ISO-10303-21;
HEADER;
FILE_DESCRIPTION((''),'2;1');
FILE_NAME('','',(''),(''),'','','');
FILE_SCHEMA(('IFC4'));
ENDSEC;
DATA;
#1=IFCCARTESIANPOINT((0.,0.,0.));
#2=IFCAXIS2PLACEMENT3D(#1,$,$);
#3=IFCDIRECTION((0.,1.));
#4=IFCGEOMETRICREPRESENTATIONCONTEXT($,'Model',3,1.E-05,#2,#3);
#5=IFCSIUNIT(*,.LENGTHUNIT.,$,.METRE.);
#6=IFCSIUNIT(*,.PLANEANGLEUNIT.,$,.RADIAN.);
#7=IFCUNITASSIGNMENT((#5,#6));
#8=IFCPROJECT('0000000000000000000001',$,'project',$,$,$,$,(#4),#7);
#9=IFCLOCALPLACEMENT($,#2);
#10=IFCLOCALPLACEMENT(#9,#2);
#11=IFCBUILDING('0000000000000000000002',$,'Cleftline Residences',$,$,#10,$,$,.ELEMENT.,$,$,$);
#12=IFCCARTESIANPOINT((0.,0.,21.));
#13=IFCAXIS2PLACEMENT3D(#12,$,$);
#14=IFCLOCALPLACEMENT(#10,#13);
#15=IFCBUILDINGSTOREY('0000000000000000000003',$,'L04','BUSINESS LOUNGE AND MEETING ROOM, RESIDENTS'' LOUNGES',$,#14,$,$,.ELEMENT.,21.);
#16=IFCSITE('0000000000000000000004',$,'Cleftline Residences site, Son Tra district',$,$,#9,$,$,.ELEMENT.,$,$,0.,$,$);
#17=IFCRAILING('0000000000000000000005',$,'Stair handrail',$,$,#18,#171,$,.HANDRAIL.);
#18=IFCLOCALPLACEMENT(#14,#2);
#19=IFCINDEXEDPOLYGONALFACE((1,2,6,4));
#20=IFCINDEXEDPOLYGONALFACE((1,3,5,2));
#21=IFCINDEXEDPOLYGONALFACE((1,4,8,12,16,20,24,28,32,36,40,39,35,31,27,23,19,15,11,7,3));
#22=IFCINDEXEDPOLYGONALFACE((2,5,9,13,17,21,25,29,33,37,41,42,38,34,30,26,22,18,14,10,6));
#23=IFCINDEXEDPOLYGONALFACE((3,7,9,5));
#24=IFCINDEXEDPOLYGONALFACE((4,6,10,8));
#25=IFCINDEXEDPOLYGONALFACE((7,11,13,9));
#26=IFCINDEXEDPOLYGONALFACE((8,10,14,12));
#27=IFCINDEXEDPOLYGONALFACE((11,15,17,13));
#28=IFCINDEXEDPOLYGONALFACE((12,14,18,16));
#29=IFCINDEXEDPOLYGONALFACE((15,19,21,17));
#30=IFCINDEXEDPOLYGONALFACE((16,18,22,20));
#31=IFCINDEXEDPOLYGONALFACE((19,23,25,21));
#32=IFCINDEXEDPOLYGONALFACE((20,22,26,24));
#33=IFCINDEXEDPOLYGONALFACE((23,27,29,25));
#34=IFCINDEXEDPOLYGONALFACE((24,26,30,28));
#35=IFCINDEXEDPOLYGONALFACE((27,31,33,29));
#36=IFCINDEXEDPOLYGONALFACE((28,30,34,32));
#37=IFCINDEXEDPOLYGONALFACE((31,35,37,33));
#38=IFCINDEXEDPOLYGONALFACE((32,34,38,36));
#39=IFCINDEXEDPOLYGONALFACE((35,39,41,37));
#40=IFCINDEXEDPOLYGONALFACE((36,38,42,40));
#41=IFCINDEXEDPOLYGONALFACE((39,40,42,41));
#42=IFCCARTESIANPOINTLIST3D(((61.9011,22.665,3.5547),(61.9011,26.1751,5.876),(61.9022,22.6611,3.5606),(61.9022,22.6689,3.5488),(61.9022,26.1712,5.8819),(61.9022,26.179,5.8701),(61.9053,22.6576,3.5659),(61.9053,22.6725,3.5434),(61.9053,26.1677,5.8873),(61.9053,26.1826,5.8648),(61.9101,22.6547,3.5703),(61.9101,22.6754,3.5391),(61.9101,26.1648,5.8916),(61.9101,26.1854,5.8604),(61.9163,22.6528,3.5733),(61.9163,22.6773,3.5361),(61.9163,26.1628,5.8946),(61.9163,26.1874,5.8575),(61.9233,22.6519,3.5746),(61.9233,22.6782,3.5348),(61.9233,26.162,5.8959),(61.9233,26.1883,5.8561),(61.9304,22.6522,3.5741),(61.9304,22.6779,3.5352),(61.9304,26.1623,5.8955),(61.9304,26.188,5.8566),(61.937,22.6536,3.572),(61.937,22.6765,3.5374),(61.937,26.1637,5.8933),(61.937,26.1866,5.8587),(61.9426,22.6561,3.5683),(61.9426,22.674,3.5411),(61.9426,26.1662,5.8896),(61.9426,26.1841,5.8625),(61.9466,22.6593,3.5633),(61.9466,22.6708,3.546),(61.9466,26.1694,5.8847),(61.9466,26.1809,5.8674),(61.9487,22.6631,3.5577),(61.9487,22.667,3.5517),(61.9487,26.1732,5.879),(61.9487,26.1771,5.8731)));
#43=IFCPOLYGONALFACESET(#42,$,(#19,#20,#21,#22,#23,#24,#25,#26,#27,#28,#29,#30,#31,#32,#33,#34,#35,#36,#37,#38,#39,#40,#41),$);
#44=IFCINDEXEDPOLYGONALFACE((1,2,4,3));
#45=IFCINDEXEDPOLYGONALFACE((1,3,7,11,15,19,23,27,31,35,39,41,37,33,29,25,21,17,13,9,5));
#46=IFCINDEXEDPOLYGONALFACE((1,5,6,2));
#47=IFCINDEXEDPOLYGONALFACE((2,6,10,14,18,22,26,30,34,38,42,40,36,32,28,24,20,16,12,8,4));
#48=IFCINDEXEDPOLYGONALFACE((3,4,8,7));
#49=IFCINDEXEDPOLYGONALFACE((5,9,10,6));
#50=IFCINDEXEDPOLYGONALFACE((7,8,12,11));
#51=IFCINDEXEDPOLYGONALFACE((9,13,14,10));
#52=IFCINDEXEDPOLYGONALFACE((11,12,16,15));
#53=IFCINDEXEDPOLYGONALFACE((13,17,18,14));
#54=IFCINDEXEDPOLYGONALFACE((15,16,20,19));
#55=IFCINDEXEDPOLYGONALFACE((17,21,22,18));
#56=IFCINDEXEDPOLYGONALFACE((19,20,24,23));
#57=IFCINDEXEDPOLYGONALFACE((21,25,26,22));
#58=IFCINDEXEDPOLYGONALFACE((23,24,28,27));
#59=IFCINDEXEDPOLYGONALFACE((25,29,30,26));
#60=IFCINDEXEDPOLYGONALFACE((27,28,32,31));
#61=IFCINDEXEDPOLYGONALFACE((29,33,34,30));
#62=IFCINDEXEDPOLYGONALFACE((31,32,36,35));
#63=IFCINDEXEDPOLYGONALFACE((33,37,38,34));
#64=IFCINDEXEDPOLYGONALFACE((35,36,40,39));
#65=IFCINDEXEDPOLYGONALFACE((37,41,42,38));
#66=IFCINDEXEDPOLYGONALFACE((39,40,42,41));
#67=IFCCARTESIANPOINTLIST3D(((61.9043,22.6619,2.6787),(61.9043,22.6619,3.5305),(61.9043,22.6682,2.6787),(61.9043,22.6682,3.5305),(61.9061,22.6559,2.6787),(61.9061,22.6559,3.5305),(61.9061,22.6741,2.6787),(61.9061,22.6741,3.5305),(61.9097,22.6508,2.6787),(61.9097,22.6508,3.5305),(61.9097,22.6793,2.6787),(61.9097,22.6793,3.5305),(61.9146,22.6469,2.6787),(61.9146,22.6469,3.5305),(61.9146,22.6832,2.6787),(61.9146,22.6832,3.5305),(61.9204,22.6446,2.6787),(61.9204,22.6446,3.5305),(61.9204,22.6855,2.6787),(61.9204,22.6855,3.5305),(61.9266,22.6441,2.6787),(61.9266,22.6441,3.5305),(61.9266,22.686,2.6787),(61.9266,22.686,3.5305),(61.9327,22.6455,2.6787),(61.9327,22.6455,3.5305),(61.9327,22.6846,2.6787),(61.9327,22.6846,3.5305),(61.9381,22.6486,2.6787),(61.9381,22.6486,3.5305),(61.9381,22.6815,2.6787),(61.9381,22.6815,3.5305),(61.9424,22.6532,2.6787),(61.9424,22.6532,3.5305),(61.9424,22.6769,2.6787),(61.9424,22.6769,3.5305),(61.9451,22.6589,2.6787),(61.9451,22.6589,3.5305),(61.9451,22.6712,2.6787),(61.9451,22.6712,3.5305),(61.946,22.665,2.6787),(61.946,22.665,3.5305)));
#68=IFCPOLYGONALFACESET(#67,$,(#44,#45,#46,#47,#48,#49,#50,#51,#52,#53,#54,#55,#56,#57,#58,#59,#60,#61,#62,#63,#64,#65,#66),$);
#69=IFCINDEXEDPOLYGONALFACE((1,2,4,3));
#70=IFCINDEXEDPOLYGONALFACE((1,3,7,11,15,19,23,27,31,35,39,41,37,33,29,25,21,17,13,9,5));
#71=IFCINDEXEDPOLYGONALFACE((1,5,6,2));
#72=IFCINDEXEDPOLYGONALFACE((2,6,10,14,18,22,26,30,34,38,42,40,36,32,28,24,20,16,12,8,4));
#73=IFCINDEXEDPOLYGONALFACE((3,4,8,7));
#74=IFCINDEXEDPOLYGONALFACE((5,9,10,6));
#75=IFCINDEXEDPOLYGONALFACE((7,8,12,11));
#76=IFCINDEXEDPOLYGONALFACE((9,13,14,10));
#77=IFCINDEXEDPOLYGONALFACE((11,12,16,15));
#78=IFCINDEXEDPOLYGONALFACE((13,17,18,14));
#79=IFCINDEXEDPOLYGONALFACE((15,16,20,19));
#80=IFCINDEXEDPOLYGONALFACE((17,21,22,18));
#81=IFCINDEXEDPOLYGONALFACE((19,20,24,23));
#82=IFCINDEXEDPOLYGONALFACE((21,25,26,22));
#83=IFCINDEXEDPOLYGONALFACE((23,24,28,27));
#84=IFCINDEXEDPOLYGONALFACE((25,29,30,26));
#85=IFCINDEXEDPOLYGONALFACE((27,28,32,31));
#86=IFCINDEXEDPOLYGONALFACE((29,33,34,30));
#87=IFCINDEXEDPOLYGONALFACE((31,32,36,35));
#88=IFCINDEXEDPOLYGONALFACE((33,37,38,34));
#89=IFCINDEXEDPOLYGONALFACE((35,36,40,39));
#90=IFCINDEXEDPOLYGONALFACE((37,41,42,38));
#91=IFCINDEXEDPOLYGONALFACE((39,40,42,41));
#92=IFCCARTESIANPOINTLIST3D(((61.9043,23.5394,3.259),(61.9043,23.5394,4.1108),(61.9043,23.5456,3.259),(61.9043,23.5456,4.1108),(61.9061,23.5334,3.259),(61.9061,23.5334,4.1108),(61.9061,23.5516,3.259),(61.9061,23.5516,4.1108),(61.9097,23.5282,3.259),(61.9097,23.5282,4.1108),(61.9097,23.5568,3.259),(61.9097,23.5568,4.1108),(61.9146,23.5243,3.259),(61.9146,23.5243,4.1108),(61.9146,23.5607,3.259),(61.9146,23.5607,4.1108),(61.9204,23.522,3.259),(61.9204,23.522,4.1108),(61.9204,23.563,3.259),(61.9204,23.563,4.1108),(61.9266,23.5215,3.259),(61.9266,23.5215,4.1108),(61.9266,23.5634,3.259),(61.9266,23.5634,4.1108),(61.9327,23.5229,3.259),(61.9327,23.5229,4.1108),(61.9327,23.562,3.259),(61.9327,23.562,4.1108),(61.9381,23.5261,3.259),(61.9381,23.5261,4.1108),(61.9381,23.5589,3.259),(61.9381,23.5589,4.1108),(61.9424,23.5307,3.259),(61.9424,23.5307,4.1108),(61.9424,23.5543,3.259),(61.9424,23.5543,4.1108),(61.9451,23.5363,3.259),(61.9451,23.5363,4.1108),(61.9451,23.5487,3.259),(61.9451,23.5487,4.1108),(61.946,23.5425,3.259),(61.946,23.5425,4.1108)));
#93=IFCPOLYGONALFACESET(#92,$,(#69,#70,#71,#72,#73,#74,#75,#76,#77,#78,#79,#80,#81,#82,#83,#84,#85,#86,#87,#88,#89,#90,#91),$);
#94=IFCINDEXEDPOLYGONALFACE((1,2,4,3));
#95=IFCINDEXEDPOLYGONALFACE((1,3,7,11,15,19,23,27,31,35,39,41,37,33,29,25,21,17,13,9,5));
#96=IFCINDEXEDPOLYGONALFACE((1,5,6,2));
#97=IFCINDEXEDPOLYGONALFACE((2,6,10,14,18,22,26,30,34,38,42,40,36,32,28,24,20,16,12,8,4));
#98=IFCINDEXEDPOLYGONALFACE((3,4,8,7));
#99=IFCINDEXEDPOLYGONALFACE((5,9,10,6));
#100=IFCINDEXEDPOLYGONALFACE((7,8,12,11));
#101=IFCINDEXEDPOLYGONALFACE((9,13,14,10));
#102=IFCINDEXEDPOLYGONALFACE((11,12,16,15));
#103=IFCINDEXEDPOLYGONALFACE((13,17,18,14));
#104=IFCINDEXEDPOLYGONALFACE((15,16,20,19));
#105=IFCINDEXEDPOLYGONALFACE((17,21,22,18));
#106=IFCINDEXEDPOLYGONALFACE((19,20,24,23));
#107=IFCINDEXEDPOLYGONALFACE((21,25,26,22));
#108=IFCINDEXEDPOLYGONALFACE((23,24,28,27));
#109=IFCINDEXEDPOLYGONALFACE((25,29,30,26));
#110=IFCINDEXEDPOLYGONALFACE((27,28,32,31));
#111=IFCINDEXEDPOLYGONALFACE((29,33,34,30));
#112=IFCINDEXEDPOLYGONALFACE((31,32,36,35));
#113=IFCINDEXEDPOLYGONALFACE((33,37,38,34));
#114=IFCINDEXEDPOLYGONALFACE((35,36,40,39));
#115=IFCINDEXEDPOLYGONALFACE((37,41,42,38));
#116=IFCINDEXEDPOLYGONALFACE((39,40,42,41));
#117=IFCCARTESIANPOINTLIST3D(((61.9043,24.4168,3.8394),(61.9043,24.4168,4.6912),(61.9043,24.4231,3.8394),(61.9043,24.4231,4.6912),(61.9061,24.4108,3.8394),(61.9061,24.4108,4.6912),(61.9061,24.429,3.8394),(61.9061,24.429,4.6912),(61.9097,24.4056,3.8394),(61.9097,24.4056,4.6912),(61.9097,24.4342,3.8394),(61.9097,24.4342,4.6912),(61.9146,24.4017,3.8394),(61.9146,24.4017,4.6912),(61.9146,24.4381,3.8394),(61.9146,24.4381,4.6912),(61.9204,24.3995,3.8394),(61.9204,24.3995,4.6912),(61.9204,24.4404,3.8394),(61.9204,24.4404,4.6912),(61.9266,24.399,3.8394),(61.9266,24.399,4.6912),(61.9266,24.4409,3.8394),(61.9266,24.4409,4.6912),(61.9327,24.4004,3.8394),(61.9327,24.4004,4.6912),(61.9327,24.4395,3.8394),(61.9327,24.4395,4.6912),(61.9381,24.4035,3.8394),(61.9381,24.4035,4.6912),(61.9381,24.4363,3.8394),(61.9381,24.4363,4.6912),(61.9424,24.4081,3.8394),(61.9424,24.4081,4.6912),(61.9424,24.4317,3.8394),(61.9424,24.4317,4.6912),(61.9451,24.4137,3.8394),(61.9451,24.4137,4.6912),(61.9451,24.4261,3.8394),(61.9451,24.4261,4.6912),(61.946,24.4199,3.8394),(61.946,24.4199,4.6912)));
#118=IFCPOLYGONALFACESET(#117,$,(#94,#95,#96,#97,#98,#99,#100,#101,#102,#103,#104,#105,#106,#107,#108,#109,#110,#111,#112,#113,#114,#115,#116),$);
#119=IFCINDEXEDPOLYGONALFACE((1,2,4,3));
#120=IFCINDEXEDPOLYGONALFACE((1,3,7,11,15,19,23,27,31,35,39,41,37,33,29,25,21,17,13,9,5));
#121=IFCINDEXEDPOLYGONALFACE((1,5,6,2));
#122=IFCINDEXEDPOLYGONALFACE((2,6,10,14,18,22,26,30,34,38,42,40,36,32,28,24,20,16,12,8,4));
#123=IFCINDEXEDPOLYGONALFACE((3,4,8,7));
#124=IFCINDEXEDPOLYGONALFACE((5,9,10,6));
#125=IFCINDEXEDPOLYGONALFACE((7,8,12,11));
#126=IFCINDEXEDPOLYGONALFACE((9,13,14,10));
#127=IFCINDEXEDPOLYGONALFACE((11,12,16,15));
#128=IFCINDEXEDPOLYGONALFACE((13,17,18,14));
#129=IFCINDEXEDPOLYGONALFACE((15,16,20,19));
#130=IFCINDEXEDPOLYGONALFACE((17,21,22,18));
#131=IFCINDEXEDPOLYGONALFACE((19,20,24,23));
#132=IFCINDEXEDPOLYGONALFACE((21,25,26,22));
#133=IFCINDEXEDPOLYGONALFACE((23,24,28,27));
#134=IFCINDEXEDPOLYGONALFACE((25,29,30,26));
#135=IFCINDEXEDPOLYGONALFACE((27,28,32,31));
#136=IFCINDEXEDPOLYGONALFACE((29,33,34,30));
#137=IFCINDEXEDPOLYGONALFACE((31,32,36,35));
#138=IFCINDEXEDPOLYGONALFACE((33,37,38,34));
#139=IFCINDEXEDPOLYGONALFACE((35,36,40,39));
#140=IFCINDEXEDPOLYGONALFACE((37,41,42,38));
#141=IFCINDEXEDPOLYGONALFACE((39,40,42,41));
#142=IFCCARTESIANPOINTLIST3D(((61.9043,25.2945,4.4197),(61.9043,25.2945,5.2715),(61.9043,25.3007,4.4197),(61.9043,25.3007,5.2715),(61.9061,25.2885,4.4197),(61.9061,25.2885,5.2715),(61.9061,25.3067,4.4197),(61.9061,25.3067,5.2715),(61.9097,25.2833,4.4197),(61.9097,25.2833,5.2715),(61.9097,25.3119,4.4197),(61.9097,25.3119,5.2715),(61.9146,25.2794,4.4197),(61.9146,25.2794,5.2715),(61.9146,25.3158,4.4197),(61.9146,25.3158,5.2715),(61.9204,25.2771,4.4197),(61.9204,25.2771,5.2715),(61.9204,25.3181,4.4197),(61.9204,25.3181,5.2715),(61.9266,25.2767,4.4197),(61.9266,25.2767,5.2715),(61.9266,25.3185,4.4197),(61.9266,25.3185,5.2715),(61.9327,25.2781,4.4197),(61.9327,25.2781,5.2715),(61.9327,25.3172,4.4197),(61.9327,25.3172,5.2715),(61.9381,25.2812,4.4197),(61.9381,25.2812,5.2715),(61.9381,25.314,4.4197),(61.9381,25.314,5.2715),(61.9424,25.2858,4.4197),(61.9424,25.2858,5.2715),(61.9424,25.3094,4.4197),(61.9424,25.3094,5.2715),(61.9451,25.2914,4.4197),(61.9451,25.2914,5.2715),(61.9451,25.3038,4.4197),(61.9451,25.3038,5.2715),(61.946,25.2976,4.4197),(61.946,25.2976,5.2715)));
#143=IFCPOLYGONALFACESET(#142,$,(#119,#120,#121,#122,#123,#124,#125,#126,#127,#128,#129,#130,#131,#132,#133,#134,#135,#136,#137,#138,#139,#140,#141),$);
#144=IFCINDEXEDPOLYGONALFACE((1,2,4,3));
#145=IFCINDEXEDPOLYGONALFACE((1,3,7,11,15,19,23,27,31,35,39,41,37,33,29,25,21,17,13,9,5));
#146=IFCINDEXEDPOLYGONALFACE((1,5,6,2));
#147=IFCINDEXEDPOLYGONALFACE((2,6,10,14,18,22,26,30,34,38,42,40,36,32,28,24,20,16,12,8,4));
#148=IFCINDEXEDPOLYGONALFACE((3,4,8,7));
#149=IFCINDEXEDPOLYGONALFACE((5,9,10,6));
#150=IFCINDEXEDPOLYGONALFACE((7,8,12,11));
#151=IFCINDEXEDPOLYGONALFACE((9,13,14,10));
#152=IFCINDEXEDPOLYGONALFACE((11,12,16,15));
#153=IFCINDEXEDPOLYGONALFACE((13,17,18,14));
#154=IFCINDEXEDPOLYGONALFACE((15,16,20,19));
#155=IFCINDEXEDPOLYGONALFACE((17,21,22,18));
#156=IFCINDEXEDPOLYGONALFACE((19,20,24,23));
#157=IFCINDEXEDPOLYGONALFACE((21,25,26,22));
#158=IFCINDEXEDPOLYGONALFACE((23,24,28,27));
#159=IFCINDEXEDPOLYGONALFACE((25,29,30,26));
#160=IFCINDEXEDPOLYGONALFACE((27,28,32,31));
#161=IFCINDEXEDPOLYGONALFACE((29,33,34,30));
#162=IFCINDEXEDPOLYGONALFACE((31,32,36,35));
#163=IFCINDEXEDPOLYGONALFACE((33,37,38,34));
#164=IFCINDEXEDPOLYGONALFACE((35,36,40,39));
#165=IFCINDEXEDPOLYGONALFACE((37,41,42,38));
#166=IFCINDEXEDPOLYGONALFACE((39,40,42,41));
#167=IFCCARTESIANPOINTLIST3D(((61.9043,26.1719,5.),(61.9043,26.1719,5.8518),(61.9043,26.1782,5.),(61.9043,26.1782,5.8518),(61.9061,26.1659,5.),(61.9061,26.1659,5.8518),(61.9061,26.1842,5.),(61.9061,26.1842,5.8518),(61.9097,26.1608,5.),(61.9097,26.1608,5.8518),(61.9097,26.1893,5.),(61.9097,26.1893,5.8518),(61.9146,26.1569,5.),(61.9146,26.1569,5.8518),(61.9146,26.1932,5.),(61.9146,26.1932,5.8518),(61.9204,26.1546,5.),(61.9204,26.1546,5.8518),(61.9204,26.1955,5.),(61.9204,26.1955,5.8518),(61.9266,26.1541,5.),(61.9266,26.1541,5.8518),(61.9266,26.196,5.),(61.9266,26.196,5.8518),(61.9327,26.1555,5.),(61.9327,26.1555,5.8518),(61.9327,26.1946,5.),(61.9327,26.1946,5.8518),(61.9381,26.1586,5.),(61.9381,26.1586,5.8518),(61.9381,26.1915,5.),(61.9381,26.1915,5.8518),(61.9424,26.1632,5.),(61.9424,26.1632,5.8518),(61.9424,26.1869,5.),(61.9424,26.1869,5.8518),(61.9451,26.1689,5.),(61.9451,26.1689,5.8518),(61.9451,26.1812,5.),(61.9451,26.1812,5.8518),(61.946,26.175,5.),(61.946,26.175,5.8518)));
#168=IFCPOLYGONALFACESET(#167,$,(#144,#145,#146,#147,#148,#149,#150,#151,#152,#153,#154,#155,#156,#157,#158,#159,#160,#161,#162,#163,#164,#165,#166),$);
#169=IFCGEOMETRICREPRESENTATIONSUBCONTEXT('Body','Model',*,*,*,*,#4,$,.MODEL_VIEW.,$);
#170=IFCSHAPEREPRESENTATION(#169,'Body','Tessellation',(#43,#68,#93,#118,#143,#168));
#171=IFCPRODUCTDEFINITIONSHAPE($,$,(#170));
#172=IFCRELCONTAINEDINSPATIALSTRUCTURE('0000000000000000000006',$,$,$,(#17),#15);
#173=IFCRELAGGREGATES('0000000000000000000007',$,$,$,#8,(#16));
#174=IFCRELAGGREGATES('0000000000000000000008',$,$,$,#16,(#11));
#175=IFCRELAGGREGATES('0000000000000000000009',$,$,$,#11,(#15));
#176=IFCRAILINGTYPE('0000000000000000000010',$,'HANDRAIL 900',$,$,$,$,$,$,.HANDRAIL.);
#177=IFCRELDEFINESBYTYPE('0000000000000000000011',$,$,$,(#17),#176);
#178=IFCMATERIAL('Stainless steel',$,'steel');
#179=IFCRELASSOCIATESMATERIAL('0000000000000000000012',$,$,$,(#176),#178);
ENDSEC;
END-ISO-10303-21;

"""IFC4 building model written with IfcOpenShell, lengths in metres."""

from ifc_helpers import new_model, si_unit, direction, frame, origin, origin_2d, place, context, subcontext, project, spatial, circle, extrude, material, type_object, element, save


model = new_model("IFC4")

# Units and contexts
model_context = context("Model", 3, precision=1e-05, world=origin(), true_north=direction((0.0, 1.0)))
body_context = subcontext(model_context, "Body", "Model", "MODEL_VIEW")
ifc_project = project(units=[si_unit("LENGTHUNIT", "METRE"), si_unit("PLANEANGLEUNIT", "RADIAN")], contexts=[model_context])

# Site, building, storey
site_placement = place(None, origin())
site = spatial("IfcSite", under=ifc_project, at=site_placement, Name="Cleftline Residences site, Son Tra district", CompositionType="ELEMENT", RefElevation=0.0)
building_placement = place(site_placement, origin())
building = spatial("IfcBuilding", under=site, at=building_placement, Name="Cleftline Residences", CompositionType="ELEMENT")
storey_placement = place(building_placement, frame((0.0, 0.0, 21.0)))
storey = spatial("IfcBuildingStorey", under=building, at=storey_placement, Name="L04", Description="BUSINESS LOUNGE AND MEETING ROOM, RESIDENTS' LOUNGES", CompositionType="ELEMENT", Elevation=21.0)

# Railing
ifc_material_1 = material(Name="Stainless steel", Category="steel")
railing_type = type_object("IfcRailingType", Name="HANDRAIL 900", PredefinedType="HANDRAIL", material=ifc_material_1)
railing_1_placement = place(storey_placement, frame((61.925, 22.665, 2.6787)))
element("IfcRailing", 1, at=railing_1_placement, inside=storey, type_object=railing_type, Name="Stair handrail", PredefinedType="HANDRAIL", context=body_context, shape_type="SweptSolid", body=[
    extrude(circle(Radius=0.0239, at=origin_2d()), frame((0.0, 0.0, 0.876), z_axis=(0.0, 0.834097, 0.551617), x_axis=(-1.0, 0.0, 0.0)), (0.0, 0.0, 1.0), 4.2083),
    extrude(circle(Radius=0.021, at=origin_2d()), origin(), (0.0, 0.0, 1.0), 0.8518),
    extrude(circle(Radius=0.021, at=origin_2d()), frame((0.0, 0.8774, 0.5803)), (0.0, 0.0, 1.0), 0.8518),
    extrude(circle(Radius=0.021, at=origin_2d()), frame((0.0, 1.7549, 1.1606)), (0.0, 0.0, 1.0), 0.8518),
    extrude(circle(Radius=0.021, at=origin_2d()), frame((0.0, 2.6326, 1.741)), (0.0, 0.0, 1.0), 0.8518),
    extrude(circle(Radius=0.021, at=origin_2d()), frame((0.0, 3.51, 2.3213)), (0.0, 0.0, 1.0), 0.8518),
])

save(model, "model.ifc")
